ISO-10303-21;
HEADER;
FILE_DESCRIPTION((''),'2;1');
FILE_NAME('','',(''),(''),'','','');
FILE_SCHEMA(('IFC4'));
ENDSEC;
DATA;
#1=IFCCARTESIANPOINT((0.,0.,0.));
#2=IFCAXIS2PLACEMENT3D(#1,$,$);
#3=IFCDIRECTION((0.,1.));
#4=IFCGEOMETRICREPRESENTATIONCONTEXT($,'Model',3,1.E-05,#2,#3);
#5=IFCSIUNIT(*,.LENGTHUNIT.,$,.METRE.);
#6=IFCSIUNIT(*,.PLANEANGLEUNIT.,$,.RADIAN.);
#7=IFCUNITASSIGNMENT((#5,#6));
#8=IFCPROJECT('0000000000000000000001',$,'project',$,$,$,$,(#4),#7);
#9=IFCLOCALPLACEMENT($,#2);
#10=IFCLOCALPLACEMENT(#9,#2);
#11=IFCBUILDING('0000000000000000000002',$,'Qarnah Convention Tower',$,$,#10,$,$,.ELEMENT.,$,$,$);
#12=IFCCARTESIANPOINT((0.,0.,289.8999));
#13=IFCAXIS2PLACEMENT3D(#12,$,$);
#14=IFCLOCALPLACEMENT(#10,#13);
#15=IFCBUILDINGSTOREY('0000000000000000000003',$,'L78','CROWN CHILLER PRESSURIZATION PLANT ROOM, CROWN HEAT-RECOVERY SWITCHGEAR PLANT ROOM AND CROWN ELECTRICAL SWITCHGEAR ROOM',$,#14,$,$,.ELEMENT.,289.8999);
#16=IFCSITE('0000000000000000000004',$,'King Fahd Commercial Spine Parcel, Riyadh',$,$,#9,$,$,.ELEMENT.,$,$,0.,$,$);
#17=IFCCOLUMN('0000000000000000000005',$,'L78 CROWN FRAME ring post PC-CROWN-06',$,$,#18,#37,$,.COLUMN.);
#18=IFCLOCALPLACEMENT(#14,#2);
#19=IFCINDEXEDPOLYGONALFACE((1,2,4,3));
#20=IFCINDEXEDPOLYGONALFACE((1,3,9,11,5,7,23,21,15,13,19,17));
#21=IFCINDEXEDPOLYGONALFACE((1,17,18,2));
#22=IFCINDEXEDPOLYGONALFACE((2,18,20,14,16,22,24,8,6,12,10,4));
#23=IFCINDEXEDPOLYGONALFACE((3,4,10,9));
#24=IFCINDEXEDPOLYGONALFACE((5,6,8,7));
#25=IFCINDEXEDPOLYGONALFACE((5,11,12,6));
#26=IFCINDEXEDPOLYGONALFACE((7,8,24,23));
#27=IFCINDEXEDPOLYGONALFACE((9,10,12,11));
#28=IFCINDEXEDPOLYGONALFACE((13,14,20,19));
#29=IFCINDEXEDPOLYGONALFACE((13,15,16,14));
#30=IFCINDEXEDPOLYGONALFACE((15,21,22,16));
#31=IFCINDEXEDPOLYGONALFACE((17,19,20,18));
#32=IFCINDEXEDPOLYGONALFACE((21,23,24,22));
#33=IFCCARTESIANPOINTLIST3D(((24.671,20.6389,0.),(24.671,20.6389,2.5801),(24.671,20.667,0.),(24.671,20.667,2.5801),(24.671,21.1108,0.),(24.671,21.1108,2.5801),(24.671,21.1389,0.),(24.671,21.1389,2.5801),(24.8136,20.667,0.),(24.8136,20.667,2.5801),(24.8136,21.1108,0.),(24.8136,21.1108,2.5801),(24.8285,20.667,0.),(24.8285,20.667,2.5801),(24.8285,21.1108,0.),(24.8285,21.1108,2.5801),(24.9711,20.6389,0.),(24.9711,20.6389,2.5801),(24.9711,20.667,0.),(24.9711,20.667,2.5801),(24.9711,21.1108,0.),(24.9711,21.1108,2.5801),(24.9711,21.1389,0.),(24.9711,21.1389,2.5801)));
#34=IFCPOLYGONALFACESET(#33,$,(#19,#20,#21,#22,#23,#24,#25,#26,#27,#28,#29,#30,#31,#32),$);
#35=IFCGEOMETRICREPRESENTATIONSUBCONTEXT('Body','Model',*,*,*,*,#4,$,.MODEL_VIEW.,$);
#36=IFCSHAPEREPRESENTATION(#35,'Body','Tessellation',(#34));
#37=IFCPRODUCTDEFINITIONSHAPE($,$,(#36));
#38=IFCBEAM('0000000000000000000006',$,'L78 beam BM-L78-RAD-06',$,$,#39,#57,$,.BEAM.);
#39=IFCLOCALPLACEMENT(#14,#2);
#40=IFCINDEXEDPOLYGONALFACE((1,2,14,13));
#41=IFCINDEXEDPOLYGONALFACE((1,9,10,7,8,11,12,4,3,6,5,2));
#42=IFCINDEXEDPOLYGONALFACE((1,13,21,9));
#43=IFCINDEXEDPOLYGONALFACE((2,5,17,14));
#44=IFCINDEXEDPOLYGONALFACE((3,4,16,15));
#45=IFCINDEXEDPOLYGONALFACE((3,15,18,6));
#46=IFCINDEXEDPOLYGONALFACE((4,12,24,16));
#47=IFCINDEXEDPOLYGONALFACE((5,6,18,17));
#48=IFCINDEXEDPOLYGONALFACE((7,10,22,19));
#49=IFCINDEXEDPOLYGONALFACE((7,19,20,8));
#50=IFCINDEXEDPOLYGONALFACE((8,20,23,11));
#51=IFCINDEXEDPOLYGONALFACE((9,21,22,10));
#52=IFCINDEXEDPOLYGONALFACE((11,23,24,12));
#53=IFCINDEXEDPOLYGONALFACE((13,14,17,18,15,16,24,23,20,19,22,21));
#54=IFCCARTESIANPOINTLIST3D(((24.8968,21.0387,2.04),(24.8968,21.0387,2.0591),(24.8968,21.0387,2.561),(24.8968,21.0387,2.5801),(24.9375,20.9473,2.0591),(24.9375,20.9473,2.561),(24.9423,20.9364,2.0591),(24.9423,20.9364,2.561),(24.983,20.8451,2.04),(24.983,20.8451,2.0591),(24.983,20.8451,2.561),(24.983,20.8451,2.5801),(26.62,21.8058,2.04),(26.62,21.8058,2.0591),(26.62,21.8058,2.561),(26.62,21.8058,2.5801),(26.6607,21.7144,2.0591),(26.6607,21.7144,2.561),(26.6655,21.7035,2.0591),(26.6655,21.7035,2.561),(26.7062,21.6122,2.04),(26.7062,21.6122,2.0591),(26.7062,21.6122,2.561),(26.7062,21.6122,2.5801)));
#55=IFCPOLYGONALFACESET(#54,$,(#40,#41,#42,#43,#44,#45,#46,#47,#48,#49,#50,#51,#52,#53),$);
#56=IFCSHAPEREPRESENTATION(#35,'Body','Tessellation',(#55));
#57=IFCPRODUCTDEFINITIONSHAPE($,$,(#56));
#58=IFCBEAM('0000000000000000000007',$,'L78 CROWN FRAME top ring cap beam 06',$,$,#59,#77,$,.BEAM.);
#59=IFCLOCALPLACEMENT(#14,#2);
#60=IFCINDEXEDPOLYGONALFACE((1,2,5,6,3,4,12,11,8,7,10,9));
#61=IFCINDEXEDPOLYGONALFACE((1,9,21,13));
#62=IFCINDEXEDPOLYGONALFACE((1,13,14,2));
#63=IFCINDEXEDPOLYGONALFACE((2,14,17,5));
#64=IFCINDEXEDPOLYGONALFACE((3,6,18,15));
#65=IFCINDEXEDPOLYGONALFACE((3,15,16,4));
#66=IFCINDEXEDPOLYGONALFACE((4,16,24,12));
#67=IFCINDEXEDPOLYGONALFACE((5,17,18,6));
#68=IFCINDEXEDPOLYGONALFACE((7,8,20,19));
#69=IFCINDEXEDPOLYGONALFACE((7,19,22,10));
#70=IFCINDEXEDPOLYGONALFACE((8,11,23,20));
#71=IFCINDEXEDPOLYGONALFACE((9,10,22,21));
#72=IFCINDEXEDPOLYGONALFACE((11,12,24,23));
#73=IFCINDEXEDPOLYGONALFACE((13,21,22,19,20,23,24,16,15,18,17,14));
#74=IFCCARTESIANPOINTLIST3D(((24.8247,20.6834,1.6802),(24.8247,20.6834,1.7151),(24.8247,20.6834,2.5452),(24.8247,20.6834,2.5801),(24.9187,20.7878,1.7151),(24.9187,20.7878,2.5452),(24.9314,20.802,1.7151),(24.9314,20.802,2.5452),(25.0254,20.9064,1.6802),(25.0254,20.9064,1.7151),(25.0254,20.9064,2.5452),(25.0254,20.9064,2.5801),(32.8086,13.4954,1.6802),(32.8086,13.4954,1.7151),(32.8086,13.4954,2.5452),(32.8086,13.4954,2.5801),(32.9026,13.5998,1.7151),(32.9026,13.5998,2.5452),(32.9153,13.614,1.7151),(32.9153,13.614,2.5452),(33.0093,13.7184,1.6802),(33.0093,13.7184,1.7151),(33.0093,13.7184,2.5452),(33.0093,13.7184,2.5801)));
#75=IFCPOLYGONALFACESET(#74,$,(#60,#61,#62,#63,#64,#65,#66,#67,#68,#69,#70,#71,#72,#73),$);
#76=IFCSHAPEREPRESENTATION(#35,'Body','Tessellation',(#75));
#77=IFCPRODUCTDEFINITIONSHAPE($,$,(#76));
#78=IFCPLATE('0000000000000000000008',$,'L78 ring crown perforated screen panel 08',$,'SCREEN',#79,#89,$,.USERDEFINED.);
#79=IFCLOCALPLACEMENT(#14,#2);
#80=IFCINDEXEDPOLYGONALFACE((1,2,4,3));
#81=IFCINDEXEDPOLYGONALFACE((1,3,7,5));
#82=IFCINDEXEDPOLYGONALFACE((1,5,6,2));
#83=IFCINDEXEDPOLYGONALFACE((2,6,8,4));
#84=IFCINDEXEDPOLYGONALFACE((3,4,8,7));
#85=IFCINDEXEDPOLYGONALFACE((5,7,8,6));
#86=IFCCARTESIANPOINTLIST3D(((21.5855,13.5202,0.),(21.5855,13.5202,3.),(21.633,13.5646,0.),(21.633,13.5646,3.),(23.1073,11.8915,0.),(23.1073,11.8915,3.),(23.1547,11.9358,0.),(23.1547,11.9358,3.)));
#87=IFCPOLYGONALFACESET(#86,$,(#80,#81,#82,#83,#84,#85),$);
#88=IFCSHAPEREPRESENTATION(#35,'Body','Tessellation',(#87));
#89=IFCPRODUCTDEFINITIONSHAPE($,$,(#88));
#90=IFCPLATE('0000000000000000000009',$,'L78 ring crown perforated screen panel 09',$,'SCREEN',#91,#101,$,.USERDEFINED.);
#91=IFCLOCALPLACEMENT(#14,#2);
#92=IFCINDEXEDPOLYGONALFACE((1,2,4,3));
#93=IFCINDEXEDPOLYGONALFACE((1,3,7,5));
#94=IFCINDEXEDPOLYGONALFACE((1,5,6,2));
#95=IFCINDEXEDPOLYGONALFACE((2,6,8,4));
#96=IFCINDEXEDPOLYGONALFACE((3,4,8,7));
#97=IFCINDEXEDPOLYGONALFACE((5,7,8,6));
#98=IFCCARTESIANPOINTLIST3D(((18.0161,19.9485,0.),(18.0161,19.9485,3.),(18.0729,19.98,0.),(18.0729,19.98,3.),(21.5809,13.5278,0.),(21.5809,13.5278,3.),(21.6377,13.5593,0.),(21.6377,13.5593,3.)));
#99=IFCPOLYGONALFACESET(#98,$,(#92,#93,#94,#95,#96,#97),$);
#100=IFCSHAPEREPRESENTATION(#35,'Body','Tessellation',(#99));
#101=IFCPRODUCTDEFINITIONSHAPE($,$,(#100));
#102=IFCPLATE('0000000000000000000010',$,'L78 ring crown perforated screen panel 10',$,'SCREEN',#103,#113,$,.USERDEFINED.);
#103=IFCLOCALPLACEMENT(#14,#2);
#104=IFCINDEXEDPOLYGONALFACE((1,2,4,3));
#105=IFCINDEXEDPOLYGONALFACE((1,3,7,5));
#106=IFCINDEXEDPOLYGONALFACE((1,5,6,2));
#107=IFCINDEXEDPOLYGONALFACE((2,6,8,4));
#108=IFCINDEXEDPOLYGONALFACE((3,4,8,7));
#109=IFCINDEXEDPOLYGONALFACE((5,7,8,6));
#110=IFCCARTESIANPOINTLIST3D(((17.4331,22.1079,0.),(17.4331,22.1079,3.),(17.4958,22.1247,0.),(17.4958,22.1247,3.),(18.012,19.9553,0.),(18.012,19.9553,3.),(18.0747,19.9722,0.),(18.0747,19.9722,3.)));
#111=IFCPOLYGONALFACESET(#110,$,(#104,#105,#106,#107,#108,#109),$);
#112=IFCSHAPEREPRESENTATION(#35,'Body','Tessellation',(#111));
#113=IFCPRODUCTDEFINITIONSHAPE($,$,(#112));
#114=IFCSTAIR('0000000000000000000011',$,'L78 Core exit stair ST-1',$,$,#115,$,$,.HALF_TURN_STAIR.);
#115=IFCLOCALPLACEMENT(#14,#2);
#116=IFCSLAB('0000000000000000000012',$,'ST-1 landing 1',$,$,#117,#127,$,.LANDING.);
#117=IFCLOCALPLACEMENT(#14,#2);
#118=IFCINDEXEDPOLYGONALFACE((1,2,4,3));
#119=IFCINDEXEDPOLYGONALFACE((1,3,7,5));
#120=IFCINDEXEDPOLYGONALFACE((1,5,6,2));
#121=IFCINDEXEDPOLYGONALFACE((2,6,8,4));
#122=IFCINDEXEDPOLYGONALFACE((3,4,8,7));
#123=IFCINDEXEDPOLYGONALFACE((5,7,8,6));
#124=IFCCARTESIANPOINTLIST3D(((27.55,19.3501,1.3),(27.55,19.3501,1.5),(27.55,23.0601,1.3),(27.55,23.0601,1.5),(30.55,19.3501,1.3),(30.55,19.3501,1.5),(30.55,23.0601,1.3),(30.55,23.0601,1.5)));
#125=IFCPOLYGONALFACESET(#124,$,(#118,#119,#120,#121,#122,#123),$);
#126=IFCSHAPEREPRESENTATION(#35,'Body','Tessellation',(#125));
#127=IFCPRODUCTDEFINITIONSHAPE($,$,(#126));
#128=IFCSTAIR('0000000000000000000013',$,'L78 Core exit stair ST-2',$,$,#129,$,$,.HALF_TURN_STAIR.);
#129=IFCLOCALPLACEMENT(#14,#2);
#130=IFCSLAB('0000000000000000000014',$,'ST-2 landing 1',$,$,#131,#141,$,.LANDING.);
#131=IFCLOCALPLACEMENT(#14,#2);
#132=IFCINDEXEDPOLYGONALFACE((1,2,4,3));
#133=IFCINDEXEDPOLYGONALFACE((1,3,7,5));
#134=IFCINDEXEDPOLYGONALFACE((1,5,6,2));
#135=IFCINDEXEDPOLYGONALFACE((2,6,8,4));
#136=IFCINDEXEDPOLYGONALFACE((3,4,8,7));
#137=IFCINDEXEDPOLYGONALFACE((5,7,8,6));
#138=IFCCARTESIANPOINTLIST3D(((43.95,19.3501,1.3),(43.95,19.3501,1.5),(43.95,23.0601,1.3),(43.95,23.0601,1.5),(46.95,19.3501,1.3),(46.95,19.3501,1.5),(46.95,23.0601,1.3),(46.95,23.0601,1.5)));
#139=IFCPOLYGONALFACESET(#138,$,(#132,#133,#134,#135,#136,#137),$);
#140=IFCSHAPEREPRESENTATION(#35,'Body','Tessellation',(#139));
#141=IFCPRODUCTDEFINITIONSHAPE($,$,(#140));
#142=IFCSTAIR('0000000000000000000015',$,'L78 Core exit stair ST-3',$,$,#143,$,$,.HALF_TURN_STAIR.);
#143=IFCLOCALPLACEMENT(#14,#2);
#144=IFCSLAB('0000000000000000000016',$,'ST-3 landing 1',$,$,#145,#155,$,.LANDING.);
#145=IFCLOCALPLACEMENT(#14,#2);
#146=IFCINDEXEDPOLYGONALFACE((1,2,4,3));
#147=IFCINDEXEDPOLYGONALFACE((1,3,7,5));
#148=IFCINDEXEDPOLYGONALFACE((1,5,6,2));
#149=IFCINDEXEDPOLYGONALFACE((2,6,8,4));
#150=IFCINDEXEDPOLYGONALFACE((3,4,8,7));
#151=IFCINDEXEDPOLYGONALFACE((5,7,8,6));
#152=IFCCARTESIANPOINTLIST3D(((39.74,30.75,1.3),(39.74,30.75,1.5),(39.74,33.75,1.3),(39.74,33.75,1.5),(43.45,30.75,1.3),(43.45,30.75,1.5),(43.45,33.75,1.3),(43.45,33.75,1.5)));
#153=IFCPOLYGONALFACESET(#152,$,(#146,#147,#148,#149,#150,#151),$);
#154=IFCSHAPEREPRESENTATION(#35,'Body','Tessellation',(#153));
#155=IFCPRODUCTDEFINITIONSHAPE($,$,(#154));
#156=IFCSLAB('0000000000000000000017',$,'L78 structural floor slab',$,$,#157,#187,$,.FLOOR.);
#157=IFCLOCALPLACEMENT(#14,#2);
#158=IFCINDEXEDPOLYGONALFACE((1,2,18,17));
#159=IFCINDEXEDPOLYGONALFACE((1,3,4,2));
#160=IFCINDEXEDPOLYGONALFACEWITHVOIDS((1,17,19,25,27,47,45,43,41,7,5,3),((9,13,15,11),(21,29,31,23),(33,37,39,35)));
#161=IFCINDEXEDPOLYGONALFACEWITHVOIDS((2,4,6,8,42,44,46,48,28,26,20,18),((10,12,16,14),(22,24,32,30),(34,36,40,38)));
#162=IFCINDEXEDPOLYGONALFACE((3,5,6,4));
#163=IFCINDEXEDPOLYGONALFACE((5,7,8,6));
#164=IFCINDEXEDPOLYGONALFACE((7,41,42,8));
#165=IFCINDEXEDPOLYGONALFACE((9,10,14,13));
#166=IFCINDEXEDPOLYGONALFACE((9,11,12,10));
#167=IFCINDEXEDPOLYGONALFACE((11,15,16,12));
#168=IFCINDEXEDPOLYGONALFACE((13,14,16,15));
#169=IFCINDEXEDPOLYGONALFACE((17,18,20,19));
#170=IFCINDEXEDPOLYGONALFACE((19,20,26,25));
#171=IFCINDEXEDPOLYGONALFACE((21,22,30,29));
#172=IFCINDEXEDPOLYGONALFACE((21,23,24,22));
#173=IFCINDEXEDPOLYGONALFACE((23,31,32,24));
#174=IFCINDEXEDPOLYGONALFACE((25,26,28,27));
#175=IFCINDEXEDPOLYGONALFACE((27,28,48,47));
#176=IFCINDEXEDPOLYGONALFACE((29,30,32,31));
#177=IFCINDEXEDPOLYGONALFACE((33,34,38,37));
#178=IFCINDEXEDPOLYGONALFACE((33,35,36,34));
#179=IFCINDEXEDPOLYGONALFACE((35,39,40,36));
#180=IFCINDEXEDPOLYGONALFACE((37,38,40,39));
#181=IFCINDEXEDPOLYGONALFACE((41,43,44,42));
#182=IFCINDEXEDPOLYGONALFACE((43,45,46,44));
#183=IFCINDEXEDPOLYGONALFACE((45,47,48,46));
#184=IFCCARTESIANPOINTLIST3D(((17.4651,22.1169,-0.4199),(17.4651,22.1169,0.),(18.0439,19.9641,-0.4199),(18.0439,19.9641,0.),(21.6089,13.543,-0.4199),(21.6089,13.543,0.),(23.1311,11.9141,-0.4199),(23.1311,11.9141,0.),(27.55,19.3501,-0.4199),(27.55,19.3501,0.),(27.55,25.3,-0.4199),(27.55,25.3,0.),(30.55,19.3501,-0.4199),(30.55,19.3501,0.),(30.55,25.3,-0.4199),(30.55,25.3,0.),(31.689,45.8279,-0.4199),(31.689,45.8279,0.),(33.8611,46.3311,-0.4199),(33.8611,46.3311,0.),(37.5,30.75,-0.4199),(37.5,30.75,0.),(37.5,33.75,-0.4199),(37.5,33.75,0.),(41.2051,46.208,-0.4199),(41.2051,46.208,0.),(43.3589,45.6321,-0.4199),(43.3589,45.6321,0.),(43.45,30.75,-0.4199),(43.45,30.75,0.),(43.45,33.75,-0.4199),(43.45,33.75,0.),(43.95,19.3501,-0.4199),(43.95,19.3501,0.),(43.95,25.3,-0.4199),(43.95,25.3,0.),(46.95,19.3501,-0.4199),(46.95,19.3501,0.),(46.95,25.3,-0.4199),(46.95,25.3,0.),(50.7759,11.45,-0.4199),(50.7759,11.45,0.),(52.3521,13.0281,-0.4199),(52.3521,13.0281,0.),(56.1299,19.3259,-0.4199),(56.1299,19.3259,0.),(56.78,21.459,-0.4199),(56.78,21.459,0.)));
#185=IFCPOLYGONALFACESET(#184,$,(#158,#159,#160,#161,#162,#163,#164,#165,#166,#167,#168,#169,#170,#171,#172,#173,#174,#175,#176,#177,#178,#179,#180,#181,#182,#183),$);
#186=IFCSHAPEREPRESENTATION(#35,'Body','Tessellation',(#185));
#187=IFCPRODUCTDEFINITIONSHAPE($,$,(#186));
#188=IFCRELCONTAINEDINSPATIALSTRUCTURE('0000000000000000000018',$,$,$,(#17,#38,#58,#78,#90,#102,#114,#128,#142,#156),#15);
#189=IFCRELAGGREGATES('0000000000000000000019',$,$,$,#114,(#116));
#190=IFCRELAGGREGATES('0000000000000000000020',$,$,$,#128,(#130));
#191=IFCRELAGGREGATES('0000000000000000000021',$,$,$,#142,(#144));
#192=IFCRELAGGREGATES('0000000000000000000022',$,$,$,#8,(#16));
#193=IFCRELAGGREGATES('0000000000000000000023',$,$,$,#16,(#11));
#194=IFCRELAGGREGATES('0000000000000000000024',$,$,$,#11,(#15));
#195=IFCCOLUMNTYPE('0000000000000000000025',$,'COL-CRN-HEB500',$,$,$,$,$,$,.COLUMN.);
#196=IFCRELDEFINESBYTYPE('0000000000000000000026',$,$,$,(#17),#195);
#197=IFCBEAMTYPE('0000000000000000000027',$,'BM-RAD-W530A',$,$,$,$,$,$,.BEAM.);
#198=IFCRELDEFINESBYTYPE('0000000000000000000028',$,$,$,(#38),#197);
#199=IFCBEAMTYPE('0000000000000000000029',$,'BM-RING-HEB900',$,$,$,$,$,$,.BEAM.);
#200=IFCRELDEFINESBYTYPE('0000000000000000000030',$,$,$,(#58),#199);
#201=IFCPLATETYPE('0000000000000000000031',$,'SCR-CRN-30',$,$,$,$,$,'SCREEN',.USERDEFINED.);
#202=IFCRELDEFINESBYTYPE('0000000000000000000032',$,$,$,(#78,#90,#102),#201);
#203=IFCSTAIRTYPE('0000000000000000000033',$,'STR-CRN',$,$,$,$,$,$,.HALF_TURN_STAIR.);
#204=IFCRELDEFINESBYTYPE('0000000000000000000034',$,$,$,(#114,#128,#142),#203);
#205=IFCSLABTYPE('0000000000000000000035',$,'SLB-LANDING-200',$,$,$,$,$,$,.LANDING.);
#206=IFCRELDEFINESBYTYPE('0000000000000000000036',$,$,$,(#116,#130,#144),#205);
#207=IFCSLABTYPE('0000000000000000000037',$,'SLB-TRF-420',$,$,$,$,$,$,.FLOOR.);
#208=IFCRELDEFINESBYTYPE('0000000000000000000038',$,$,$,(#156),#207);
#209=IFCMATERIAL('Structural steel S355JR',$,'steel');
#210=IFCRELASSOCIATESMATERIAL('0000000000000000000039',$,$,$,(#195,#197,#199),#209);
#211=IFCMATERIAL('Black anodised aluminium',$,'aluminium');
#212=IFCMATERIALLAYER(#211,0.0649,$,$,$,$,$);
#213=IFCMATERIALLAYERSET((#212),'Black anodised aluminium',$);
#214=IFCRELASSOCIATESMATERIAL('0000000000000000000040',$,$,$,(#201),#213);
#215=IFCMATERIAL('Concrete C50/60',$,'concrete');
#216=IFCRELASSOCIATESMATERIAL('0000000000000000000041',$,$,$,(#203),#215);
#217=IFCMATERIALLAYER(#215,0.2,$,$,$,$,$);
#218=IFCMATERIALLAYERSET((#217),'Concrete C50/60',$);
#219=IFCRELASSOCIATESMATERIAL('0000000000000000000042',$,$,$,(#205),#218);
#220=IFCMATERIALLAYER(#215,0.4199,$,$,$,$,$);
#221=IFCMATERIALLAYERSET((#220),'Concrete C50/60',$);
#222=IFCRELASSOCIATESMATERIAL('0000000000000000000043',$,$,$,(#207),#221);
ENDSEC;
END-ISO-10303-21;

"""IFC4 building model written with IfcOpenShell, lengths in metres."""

from ifc_helpers import new_model, si_unit, direction, frame, origin, origin_2d, place, context, subcontext, project, spatial, polyline, rectangle, i_section, outline, extrude, material, layer, layer_set, material_profile, profile_set, type_object, element, aggregate, save


model = new_model("IFC4")

# Units and contexts
model_context = context("Model", 3, precision=1e-05, world=origin(), true_north=direction((0.0, 1.0)))
body_context = subcontext(model_context, "Body", "Model", "MODEL_VIEW")
ifc_project = project(units=[si_unit("LENGTHUNIT", "METRE"), si_unit("PLANEANGLEUNIT", "RADIAN")], contexts=[model_context])

# Site, building, storey
site_placement = place(None, origin())
site = spatial("IfcSite", under=ifc_project, at=site_placement, Name="King Fahd Commercial Spine Parcel, Riyadh", CompositionType="ELEMENT", RefElevation=0.0)
building_placement = place(site_placement, origin())
building = spatial("IfcBuilding", under=site, at=building_placement, Name="Qarnah Convention Tower", CompositionType="ELEMENT")
storey_placement = place(building_placement, frame((0.0, 0.0, 289.8999)))
storey = spatial("IfcBuildingStorey", under=building, at=storey_placement, Name="L78", Description="CROWN CHILLER PRESSURIZATION PLANT ROOM, CROWN HEAT-RECOVERY SWITCHGEAR PLANT ROOM AND CROWN ELECTRICAL SWITCHGEAR ROOM", CompositionType="ELEMENT", Elevation=289.8999)

# Column
ifc_material_1 = material(Name="Structural steel S355JR", Category="steel")
ifc_material_profile_1 = material_profile(ifc_material_1, i_section(OverallWidth=0.3, OverallDepth=0.5, WebThickness=0.0149, FlangeThickness=0.0281, at=origin_2d()), Name="HEB500")
ifc_profile_set_1 = profile_set([ifc_material_profile_1], Name="Structural steel S355JR")
column_type = type_object("IfcColumnType", Name="COL-CRN-HEB500", PredefinedType="COLUMN", material=ifc_profile_set_1)
column_placement = place(storey_placement, frame((24.821, 20.8889, 0.0), z_axis=(0.0, 0.0, 1.0), x_axis=(1.0, 0.0, 0.0)))
element("IfcColumn", 1, at=column_placement, inside=storey, type_object=column_type, Name="L78 CROWN FRAME ring post PC-CROWN-06", PredefinedType="COLUMN", context=body_context, shape_type="SweptSolid", body=[
    extrude(i_section(OverallWidth=0.3, OverallDepth=0.5, WebThickness=0.0149, FlangeThickness=0.0281, at=origin_2d()), origin(), (0.0, 0.0, 1.0), 2.5801),
])

# Beams
ifc_material_profile_2 = material_profile(ifc_material_1, i_section(OverallWidth=0.2119, OverallDepth=0.54, WebThickness=0.012, FlangeThickness=0.019, at=origin_2d()), Name="W530X109")
ifc_profile_set_2 = profile_set([ifc_material_profile_2], Name="Structural steel S355JR")
beam_type_1 = type_object("IfcBeamType", Name="BM-RAD-W530A", PredefinedType="BEAM", material=ifc_profile_set_2)
beam_1_placement = place(storey_placement, frame((26.6631, 21.709, 2.3101), z_axis=(-0.913566, -0.406691, 0.0), x_axis=(0.406691, -0.913566, 0.0)))
element("IfcBeam", 2, at=beam_1_placement, inside=storey, type_object=beam_type_1, Name="L78 beam BM-L78-RAD-06", PredefinedType="BEAM", context=body_context, shape_type="SweptSolid", body=[
    extrude(i_section(OverallWidth=0.2119, OverallDepth=0.54, WebThickness=0.012, FlangeThickness=0.019, at=origin_2d()), origin(), (0.0, 0.0, 1.0), 1.8862),
])
ifc_material_profile_3 = material_profile(ifc_material_1, i_section(OverallWidth=0.3, OverallDepth=0.8999, WebThickness=0.019, FlangeThickness=0.0349, at=origin_2d()), Name="HEB900")
ifc_profile_set_3 = profile_set([ifc_material_profile_3], Name="Structural steel S355JR")
beam_type_2 = type_object("IfcBeamType", Name="BM-RING-HEB900", PredefinedType="BEAM", material=ifc_profile_set_3)
beam_2_placement = place(storey_placement, frame((24.925, 20.7949, 2.1301), z_axis=(0.743179, -0.669093, 0.0), x_axis=(0.669093, 0.743179, 0.0)))
element("IfcBeam", 3, at=beam_2_placement, inside=storey, type_object=beam_type_2, Name="L78 CROWN FRAME top ring cap beam 06", PredefinedType="BEAM", context=body_context, shape_type="SweptSolid", body=[
    extrude(i_section(OverallWidth=0.3, OverallDepth=0.8999, WebThickness=0.019, FlangeThickness=0.0349, at=origin_2d()), origin(), (0.0, 0.0, 1.0), 10.7429),
])

# Plates
ifc_material_2 = material(Name="Black anodised aluminium", Category="aluminium")
ifc_layer_1 = layer(ifc_material_2, 0.0649)
ifc_layer_set_1 = layer_set([ifc_layer_1], Name="Black anodised aluminium")
plate_type = type_object("IfcPlateType", Name="SCR-CRN-30", ElementType="SCREEN", PredefinedType="USERDEFINED", material=ifc_layer_set_1)
plate_1_placement = place(storey_placement, frame((22.3701, 12.728, 0.0), z_axis=(0.0, 0.0, 1.0), x_axis=(-0.682701, 0.730698, 0.0)))
element("IfcPlate", 4, at=plate_1_placement, inside=storey, type_object=plate_type, Name="L78 ring crown perforated screen panel 08", ObjectType="SCREEN", PredefinedType="USERDEFINED", context=body_context, shape_type="SweptSolid", body=[
    extrude(rectangle(XDim=2.229, YDim=0.0649, at=origin_2d()), origin(), (0.0, 0.0, 1.0), 3.0),
])
plate_2_placement = place(storey_placement, frame((19.8269, 16.7539, 0.0), z_axis=(0.0, 0.0, 1.0), x_axis=(-0.485411, 0.874286, 0.0)))
element("IfcPlate", 5, at=plate_2_placement, inside=storey, type_object=plate_type, Name="L78 ring crown perforated screen panel 09", ObjectType="SCREEN", PredefinedType="USERDEFINED", context=body_context, shape_type="SweptSolid", body=[
    extrude(rectangle(XDim=7.344, YDim=0.0649, at=origin_2d()), origin(), (0.0, 0.0, 1.0), 3.0),
])
plate_3_placement = place(storey_placement, frame((17.7539, 21.04, 0.0), z_axis=(0.0, 0.0, 1.0), x_axis=(-0.259701, 0.965689, 0.0)))
element("IfcPlate", 6, at=plate_3_placement, inside=storey, type_object=plate_type, Name="L78 ring crown perforated screen panel 10", ObjectType="SCREEN", PredefinedType="USERDEFINED", context=body_context, shape_type="SweptSolid", body=[
    extrude(rectangle(XDim=2.229, YDim=0.0649, at=origin_2d()), origin(), (0.0, 0.0, 1.0), 3.0),
])

# Stairs, slabs
ifc_material_3 = material(Name="Concrete C50/60", Category="concrete")
stair_type = type_object("IfcStairType", Name="STR-CRN", PredefinedType="HALF_TURN_STAIR", material=ifc_material_3)
stair_1_placement = place(storey_placement, origin())
stair_1 = element("IfcStair", 7, at=stair_1_placement, inside=storey, type_object=stair_type, Name="L78 Core exit stair ST-1", PredefinedType="HALF_TURN_STAIR")
ifc_layer_2 = layer(ifc_material_3, 0.2)
ifc_layer_set_2 = layer_set([ifc_layer_2], Name="Concrete C50/60")
slab_type_1 = type_object("IfcSlabType", Name="SLB-LANDING-200", PredefinedType="LANDING", material=ifc_layer_set_2)
slab_1_placement = place(storey_placement, frame((0.0, 0.0, 1.3)))
slab_1 = element("IfcSlab", 8, at=slab_1_placement, type_object=slab_type_1, Name="ST-1 landing 1", PredefinedType="LANDING", context=body_context, shape_type="SweptSolid", body=[
    extrude(outline(polyline([(27.55, 23.0601), (27.55, 19.3501), (30.55, 19.3501), (30.55, 23.0601), (27.55, 23.0601)])), origin(), (0.0, 0.0, 1.0), 0.2),
])
aggregate(stair_1, [slab_1])
stair_2_placement = place(storey_placement, origin())
stair_2 = element("IfcStair", 9, at=stair_2_placement, inside=storey, type_object=stair_type, Name="L78 Core exit stair ST-2", PredefinedType="HALF_TURN_STAIR")
slab_2_placement = place(storey_placement, frame((0.0, 0.0, 1.3)))
slab_2 = element("IfcSlab", 10, at=slab_2_placement, type_object=slab_type_1, Name="ST-2 landing 1", PredefinedType="LANDING", context=body_context, shape_type="SweptSolid", body=[
    extrude(outline(polyline([(43.95, 23.0601), (43.95, 19.3501), (46.95, 19.3501), (46.95, 23.0601), (43.95, 23.0601)])), origin(), (0.0, 0.0, 1.0), 0.2),
])
aggregate(stair_2, [slab_2])
stair_3_placement = place(storey_placement, origin())
stair_3 = element("IfcStair", 11, at=stair_3_placement, inside=storey, type_object=stair_type, Name="L78 Core exit stair ST-3", PredefinedType="HALF_TURN_STAIR")
slab_3_placement = place(storey_placement, frame((0.0, 0.0, 1.3)))
slab_3 = element("IfcSlab", 12, at=slab_3_placement, type_object=slab_type_1, Name="ST-3 landing 1", PredefinedType="LANDING", context=body_context, shape_type="SweptSolid", body=[
    extrude(outline(polyline([(39.74, 30.75), (43.45, 30.75), (43.45, 33.75), (39.74, 33.75), (39.74, 30.75)])), origin(), (0.0, 0.0, 1.0), 0.2),
])
aggregate(stair_3, [slab_3])

# Slab
ifc_layer_3 = layer(ifc_material_3, 0.4199)
ifc_layer_set_3 = layer_set([ifc_layer_3], Name="Concrete C50/60")
slab_type_2 = type_object("IfcSlabType", Name="SLB-TRF-420", PredefinedType="FLOOR", material=ifc_layer_set_3)
slab_4_placement = place(storey_placement, frame((0.0, 0.0, -0.4199)))
element("IfcSlab", 13, at=slab_4_placement, inside=storey, type_object=slab_type_2, Name="L78 structural floor slab", PredefinedType="FLOOR", context=body_context, shape_type="SweptSolid", body=[
    extrude(outline(polyline([(31.689, 45.8279), (17.4651, 22.1169), (18.0439, 19.9641), (21.6089, 13.543), (23.1311, 11.9141), (50.7759, 11.45), (52.3521, 13.0281), (56.1299, 19.3259), (56.78, 21.459), (43.3589, 45.6321), (41.2051, 46.208), (33.8611, 46.3311), (31.689, 45.8279)]), holes=[polyline([(27.55, 25.3), (27.55, 19.3501), (30.55, 19.3501), (30.55, 25.3), (27.55, 25.3)]), polyline([(43.95, 25.3), (43.95, 19.3501), (46.95, 19.3501), (46.95, 25.3), (43.95, 25.3)]), polyline([(37.5, 30.75), (43.45, 30.75), (43.45, 33.75), (37.5, 33.75), (37.5, 30.75)])]), origin(), (0.0, 0.0, 1.0), 0.4199),
])

save(model, "model.ifc")
